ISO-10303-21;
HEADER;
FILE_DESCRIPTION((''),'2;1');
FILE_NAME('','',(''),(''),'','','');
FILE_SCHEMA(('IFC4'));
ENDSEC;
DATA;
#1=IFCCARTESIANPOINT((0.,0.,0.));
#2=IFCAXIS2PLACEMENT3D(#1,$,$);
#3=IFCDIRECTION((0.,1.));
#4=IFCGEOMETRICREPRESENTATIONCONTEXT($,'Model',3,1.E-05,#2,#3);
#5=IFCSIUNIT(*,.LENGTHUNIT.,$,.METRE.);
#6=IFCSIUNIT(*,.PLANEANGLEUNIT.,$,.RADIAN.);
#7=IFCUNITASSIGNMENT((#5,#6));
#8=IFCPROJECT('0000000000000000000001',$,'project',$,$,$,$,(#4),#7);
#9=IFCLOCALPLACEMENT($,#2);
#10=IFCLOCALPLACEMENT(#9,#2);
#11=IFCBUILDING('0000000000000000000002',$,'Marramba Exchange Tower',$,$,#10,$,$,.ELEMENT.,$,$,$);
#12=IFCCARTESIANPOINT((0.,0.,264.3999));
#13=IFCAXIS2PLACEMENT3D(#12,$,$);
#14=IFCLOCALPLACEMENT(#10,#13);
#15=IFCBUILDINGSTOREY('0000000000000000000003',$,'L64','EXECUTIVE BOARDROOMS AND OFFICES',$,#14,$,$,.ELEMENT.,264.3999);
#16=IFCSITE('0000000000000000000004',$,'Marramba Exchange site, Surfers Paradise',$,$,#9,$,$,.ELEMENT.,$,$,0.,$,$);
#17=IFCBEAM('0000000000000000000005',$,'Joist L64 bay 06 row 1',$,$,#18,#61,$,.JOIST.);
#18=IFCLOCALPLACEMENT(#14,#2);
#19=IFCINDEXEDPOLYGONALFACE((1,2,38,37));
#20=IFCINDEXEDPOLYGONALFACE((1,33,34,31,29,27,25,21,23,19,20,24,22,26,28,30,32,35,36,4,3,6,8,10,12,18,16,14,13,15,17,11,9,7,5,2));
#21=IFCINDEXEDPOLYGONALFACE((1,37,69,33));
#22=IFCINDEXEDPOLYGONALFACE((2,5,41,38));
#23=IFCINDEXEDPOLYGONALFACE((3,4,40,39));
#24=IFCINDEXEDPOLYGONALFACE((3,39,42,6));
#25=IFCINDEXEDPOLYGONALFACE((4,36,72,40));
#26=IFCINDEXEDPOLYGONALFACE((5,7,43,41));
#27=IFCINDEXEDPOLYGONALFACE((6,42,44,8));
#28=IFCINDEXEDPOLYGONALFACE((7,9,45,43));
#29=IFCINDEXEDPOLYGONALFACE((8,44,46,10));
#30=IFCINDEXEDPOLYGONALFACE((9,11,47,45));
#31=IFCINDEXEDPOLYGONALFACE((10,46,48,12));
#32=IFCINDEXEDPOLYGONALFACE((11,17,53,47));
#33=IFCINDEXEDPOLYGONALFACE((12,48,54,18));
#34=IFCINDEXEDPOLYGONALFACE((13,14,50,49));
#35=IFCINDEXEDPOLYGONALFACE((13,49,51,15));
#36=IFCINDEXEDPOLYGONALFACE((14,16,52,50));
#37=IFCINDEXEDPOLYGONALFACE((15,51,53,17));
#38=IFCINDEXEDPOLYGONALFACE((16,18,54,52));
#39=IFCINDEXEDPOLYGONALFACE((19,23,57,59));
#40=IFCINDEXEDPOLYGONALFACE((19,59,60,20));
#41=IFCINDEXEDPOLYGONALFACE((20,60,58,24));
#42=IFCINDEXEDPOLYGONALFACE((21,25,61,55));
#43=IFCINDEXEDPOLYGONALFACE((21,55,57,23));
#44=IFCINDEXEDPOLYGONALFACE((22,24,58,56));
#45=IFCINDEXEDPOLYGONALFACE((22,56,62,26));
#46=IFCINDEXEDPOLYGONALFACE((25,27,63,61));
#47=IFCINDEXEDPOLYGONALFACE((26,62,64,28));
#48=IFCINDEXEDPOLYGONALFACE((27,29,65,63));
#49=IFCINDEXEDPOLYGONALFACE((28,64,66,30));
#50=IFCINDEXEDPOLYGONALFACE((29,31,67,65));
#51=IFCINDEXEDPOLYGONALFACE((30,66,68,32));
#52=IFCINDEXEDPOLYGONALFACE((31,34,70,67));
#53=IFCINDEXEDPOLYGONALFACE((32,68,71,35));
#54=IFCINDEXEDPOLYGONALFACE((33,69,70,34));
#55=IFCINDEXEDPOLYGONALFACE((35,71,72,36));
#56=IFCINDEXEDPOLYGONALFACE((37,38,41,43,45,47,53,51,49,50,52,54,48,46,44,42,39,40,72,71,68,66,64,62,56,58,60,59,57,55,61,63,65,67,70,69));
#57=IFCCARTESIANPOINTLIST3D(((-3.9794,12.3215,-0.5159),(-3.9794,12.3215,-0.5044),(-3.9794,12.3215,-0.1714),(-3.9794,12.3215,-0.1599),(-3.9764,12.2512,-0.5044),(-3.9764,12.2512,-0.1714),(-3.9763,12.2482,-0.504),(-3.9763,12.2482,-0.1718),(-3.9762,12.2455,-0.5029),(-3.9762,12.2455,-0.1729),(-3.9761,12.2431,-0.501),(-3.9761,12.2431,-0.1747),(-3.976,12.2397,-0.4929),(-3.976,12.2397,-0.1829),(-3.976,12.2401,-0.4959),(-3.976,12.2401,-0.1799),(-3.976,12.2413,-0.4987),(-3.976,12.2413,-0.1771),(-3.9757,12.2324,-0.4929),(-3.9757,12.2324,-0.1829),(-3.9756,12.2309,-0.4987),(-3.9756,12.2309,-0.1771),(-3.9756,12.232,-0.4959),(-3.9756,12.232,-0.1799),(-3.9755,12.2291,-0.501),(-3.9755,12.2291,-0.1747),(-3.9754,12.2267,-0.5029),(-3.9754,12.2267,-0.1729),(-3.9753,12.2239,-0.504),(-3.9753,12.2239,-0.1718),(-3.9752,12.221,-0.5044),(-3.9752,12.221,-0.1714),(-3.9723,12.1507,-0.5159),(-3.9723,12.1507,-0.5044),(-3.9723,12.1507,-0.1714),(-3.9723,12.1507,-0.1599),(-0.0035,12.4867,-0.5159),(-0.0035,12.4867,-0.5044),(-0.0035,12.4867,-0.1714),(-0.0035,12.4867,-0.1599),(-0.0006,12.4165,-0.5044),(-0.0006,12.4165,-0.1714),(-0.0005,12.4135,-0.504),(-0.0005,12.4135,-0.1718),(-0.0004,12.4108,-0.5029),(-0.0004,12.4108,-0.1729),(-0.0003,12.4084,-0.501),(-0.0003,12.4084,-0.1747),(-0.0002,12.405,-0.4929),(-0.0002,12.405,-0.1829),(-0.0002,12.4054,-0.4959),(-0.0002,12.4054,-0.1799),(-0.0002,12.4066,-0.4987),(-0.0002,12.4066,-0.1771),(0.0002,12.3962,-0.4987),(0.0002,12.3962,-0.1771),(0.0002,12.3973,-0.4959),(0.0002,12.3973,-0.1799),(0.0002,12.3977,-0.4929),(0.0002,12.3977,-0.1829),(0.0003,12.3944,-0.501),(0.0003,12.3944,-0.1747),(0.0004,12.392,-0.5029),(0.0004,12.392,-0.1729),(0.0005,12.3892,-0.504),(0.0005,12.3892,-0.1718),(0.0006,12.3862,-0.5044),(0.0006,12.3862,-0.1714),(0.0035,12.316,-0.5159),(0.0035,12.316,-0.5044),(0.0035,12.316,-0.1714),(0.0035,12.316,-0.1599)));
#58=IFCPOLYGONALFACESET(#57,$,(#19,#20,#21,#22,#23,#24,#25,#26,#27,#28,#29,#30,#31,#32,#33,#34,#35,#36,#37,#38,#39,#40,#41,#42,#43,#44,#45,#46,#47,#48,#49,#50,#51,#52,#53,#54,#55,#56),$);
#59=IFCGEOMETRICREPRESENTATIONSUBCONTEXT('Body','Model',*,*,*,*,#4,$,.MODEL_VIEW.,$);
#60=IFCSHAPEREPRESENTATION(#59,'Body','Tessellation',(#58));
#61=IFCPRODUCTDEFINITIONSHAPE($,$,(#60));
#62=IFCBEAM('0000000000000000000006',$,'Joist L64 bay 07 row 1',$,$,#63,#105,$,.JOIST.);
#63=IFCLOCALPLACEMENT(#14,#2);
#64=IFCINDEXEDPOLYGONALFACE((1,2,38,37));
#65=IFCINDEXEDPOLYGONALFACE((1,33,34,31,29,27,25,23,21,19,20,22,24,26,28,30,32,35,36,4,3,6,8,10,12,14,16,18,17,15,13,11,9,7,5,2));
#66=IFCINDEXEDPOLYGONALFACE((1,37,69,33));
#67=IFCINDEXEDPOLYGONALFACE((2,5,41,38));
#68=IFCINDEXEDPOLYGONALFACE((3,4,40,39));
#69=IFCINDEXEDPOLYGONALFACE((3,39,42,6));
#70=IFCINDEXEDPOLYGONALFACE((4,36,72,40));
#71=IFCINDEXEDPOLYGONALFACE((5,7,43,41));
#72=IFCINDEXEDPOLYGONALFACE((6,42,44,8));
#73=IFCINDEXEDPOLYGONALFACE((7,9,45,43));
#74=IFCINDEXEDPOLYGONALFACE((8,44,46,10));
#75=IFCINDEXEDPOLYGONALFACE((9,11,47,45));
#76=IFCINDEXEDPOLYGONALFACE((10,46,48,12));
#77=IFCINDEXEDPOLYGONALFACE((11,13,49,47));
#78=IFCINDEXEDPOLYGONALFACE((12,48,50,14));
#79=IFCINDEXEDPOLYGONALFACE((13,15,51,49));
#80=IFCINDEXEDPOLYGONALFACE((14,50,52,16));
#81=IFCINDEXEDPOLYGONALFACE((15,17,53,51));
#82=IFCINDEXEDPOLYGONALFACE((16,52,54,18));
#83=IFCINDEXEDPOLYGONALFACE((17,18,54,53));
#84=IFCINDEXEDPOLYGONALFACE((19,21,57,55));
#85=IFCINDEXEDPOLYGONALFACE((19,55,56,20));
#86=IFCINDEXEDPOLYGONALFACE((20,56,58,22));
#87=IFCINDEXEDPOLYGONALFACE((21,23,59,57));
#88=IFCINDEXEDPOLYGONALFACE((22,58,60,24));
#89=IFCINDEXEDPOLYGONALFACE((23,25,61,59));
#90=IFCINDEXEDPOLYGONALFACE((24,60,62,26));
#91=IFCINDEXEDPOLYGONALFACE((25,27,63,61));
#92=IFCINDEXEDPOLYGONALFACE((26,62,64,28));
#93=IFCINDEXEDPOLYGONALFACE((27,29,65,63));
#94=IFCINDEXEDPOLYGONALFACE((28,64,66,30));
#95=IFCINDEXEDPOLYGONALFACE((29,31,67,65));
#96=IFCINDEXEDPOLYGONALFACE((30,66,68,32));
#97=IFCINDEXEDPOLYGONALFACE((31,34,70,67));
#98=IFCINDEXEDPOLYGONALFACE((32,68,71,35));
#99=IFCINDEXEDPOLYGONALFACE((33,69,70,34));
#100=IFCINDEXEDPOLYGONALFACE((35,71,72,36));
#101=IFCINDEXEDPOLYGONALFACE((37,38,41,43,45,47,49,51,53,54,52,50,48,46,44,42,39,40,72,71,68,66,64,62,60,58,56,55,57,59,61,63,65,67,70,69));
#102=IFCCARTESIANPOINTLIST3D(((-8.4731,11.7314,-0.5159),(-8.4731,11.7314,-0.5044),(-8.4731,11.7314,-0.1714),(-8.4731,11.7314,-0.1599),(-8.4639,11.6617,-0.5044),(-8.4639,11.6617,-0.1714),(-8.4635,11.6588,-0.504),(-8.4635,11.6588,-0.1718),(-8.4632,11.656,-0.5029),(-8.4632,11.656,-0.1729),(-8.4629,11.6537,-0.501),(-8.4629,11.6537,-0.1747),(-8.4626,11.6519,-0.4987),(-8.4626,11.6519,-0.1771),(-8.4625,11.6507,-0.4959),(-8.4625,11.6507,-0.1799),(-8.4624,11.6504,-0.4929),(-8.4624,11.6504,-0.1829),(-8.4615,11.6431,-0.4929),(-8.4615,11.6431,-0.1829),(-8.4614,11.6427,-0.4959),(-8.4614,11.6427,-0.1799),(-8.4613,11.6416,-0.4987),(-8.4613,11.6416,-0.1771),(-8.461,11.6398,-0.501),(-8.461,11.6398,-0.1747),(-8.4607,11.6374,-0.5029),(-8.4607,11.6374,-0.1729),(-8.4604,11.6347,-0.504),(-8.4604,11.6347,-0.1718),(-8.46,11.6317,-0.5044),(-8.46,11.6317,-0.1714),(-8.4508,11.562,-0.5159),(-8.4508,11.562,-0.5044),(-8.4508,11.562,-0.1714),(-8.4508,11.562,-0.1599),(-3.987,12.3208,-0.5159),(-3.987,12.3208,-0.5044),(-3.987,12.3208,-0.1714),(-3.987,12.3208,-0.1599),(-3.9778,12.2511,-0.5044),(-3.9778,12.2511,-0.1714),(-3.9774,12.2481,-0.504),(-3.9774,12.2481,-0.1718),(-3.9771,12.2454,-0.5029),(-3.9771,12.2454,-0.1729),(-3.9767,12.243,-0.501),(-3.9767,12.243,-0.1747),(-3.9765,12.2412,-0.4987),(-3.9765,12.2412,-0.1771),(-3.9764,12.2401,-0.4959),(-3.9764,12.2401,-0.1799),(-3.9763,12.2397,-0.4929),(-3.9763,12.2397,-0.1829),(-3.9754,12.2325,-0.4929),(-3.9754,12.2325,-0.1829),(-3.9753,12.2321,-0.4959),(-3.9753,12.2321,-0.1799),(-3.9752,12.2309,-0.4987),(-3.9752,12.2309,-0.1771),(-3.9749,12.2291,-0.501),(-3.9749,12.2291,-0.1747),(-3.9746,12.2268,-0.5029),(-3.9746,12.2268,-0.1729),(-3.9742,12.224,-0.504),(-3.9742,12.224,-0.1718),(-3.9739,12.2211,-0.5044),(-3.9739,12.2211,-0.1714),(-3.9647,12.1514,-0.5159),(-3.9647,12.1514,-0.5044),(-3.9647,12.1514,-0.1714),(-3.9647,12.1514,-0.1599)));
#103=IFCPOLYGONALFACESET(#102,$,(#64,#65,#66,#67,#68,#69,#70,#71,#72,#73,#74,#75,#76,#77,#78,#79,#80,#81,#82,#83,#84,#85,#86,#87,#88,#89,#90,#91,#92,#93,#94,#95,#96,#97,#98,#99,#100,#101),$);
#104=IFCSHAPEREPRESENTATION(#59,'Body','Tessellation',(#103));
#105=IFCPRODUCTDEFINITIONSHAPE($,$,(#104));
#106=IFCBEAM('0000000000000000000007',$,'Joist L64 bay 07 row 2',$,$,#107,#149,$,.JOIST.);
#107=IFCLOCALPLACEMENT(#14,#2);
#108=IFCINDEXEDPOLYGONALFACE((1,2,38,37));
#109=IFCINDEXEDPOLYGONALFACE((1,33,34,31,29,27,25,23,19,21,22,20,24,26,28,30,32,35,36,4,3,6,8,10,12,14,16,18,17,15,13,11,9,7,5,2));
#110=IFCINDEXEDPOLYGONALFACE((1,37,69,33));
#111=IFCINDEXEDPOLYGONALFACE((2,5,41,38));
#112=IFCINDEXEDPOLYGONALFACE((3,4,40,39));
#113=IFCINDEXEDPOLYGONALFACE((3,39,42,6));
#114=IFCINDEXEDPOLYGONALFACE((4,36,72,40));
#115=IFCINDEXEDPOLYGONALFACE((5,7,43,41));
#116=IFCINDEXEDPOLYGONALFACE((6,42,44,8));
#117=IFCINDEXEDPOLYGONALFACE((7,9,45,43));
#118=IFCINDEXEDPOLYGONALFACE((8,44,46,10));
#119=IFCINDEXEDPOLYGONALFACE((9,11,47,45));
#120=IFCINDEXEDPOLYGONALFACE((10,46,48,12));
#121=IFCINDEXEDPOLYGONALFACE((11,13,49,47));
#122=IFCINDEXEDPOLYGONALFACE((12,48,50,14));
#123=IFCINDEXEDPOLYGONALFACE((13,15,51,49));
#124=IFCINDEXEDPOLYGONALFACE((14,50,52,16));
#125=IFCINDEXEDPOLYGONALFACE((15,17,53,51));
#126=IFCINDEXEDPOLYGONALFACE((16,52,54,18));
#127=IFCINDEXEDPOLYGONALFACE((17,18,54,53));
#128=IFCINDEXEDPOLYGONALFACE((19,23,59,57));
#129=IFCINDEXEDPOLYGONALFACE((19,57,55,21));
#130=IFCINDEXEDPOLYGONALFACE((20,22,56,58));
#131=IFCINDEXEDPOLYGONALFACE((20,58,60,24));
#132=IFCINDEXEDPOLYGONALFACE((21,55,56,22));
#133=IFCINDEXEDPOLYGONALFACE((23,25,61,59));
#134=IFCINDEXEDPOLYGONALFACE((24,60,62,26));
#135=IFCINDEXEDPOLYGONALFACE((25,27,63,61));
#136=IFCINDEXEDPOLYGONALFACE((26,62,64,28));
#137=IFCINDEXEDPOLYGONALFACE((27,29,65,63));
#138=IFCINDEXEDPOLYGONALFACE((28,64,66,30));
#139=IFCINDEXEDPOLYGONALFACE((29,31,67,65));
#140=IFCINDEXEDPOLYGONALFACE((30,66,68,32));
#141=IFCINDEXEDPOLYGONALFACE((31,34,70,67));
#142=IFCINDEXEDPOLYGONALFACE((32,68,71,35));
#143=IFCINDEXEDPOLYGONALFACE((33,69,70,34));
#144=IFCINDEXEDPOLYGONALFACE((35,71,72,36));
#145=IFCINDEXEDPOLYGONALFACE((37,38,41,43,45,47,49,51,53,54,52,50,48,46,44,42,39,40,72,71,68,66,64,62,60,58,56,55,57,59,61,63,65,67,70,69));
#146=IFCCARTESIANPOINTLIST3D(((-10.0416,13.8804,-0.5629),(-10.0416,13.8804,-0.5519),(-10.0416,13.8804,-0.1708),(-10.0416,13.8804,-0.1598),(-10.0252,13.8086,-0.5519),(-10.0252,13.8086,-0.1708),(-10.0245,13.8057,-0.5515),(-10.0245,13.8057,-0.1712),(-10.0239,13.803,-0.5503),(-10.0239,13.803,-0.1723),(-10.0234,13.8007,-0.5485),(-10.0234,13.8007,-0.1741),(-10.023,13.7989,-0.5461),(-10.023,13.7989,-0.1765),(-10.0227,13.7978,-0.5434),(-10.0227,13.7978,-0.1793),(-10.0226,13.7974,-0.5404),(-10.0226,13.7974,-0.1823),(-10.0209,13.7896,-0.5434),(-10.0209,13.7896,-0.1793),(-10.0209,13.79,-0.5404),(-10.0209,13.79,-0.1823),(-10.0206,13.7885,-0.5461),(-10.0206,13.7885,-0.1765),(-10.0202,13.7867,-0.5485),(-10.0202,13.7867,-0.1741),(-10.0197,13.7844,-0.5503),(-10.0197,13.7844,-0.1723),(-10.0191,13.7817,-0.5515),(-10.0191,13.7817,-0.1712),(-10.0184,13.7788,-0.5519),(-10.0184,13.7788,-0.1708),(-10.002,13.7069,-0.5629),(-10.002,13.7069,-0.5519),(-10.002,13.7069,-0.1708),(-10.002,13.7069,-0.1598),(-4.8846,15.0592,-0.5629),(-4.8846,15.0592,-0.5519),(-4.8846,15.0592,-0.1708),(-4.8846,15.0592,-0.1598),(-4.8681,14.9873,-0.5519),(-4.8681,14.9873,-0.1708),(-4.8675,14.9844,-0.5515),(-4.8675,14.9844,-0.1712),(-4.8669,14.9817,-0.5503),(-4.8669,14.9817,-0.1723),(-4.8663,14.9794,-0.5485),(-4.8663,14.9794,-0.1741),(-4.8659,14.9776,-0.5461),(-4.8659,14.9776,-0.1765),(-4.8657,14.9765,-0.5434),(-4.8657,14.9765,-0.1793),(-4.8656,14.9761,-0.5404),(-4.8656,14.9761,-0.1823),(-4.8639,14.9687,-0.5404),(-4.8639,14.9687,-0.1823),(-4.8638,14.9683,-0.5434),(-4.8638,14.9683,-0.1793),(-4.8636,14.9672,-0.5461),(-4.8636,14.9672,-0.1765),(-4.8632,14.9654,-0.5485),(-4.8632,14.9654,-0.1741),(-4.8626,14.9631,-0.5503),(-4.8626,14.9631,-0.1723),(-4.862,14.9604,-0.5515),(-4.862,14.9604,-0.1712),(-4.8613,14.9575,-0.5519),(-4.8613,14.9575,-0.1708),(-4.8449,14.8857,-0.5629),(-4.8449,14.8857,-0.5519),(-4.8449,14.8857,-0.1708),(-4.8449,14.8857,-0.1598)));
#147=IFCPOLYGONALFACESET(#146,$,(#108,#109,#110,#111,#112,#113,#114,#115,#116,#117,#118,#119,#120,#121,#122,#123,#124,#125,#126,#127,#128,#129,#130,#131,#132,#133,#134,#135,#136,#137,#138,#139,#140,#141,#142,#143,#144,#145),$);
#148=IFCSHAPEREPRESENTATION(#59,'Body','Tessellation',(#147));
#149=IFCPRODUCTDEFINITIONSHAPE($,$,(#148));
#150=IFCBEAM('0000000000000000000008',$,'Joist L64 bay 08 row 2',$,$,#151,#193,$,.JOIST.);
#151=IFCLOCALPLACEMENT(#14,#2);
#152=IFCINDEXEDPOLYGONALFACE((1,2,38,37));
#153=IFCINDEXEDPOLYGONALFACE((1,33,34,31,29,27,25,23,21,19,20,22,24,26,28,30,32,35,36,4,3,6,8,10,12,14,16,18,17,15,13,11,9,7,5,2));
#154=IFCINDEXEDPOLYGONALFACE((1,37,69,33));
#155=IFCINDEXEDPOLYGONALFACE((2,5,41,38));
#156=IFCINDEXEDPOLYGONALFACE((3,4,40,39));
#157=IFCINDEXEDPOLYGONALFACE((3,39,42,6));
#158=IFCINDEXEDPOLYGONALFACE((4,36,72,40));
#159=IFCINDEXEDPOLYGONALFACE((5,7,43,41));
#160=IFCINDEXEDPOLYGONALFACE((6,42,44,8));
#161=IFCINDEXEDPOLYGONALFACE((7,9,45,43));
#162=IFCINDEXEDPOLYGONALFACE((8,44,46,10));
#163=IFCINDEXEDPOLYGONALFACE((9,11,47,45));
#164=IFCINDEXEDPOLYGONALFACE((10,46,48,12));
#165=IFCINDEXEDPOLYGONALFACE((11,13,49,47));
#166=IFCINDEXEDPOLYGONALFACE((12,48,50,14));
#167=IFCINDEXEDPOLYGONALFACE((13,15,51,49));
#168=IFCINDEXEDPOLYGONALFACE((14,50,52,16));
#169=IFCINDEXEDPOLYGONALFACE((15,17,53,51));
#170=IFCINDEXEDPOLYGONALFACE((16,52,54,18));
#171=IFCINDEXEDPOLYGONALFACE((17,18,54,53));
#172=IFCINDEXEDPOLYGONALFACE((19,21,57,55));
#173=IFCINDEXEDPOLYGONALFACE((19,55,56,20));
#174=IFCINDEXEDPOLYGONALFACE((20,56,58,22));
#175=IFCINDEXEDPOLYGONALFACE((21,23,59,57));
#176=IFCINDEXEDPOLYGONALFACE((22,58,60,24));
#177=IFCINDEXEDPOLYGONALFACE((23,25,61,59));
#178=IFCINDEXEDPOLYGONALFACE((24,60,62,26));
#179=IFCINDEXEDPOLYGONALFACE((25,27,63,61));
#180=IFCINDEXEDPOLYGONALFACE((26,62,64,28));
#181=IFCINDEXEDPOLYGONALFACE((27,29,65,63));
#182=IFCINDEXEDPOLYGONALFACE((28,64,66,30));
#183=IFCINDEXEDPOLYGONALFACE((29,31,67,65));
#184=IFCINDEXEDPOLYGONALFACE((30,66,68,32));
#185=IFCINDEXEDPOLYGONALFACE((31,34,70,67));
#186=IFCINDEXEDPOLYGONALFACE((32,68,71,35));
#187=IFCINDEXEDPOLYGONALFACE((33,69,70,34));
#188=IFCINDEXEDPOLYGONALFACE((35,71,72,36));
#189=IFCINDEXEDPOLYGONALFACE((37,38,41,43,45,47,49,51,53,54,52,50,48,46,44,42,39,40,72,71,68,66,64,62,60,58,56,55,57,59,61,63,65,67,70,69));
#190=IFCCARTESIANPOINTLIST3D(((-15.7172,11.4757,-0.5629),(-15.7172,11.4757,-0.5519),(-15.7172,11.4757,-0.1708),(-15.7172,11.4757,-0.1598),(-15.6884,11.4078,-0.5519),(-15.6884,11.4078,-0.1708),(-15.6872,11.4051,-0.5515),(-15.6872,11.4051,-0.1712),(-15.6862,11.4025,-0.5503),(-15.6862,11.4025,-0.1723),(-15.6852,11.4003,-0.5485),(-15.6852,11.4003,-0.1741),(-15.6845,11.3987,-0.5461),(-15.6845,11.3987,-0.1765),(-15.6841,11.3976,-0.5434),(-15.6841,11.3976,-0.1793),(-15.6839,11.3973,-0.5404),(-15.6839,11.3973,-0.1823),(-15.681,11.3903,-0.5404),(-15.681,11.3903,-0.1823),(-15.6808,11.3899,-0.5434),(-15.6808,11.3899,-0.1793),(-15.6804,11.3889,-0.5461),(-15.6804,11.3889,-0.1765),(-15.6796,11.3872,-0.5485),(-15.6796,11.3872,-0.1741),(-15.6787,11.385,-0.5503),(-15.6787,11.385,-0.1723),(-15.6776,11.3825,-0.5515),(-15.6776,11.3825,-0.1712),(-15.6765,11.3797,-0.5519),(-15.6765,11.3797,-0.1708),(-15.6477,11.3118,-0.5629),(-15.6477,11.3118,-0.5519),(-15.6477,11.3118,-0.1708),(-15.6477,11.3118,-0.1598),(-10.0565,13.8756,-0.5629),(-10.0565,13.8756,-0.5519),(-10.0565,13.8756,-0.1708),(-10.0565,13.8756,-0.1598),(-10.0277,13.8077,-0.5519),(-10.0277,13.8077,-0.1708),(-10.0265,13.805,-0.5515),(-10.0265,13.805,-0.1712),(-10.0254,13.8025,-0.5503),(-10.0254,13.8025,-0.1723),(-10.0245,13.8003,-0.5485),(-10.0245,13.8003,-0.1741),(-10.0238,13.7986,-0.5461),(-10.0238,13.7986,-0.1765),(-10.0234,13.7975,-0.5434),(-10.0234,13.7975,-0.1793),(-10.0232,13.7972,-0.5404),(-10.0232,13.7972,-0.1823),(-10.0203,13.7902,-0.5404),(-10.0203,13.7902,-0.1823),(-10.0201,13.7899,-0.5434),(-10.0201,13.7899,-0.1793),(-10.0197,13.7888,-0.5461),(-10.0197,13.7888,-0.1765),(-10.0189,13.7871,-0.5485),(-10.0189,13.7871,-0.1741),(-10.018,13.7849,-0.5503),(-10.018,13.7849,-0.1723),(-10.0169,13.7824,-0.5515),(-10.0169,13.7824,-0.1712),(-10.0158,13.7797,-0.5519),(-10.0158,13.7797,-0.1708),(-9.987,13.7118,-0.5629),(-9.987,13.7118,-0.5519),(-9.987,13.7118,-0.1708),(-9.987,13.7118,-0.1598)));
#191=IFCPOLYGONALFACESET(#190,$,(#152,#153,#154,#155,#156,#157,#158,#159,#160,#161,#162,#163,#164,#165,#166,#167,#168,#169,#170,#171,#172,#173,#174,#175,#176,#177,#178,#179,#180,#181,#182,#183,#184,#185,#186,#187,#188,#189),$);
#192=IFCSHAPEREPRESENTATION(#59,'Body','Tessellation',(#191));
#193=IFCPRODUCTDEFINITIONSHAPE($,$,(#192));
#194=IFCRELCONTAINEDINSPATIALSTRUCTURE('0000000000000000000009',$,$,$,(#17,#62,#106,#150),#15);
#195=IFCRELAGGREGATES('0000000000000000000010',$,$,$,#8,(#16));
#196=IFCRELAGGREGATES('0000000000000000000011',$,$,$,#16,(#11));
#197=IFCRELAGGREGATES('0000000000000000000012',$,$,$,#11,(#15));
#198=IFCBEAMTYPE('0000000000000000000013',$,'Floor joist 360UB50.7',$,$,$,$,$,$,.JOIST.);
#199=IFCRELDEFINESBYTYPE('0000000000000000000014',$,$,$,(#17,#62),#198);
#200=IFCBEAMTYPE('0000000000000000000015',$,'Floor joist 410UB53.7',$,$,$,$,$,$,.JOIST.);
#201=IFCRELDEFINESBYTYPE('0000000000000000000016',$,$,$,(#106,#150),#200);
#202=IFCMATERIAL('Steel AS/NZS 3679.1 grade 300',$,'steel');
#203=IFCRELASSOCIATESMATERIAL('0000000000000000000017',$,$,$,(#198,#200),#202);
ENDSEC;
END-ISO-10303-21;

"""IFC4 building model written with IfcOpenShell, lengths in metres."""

from ifc_helpers import new_model, si_unit, direction, frame, origin, origin_2d, place, context, subcontext, project, spatial, i_section, extrude, material, material_profile, profile_set, type_object, element, save


model = new_model("IFC4")

# Units and contexts
model_context = context("Model", 3, precision=1e-05, world=origin(), true_north=direction((0.0, 1.0)))
body_context = subcontext(model_context, "Body", "Model", "MODEL_VIEW")
ifc_project = project(units=[si_unit("LENGTHUNIT", "METRE"), si_unit("PLANEANGLEUNIT", "RADIAN")], contexts=[model_context])

# Site, building, storey
site_placement = place(None, origin())
site = spatial("IfcSite", under=ifc_project, at=site_placement, Name="Marramba Exchange site, Surfers Paradise", CompositionType="ELEMENT", RefElevation=0.0)
building_placement = place(site_placement, origin())
building = spatial("IfcBuilding", under=site, at=building_placement, Name="Marramba Exchange Tower", CompositionType="ELEMENT")
storey_placement = place(building_placement, frame((0.0, 0.0, 264.3999)))
storey = spatial("IfcBuildingStorey", under=building, at=storey_placement, Name="L64", Description="EXECUTIVE BOARDROOMS AND OFFICES", CompositionType="ELEMENT", Elevation=264.3999)

# Beams
ifc_material_1 = material(Name="Steel AS/NZS 3679.1 grade 300", Category="steel")
ifc_material_profile_1 = material_profile(ifc_material_1, i_section(OverallWidth=0.1709, OverallDepth=0.356, WebThickness=0.0073, FlangeThickness=0.0115, FilletRadius=0.0115, at=origin_2d()), Name="360UB50.7")
ifc_profile_set_1 = profile_set([ifc_material_profile_1], Name="Steel AS/NZS 3679.1 grade 300")
beam_type_1 = type_object("IfcBeamType", Name="Floor joist 360UB50.7", PredefinedType="JOIST", material=ifc_profile_set_1)
beam_1_placement = place(storey_placement, frame((0.0, 12.4014, -0.3379), z_axis=(-0.999137, -0.041536, 0.0), x_axis=(0.041536, -0.999137, 0.0)))
element("IfcBeam", 1, at=beam_1_placement, inside=storey, type_object=beam_type_1, Name="Joist L64 bay 06 row 1", PredefinedType="JOIST", context=body_context, shape_type="SweptSolid", body=[
    extrude(i_section(OverallWidth=0.1709, OverallDepth=0.356, WebThickness=0.0073, FlangeThickness=0.0115, FilletRadius=0.0115, at=origin_2d()), origin(), (0.0, 0.0, 1.0), 3.9792),
])
beam_2_placement = place(storey_placement, frame((-3.9758, 12.2361, -0.3379), z_axis=(-0.991481, -0.130255, 0.0), x_axis=(0.130255, -0.991481, 0.0)))
element("IfcBeam", 2, at=beam_2_placement, inside=storey, type_object=beam_type_1, Name="Joist L64 bay 07 row 1", PredefinedType="JOIST", context=body_context, shape_type="SweptSolid", body=[
    extrude(i_section(OverallWidth=0.1709, OverallDepth=0.356, WebThickness=0.0073, FlangeThickness=0.0115, FilletRadius=0.0115, at=origin_2d()), origin(), (0.0, 0.0, 1.0), 4.5247),
])
ifc_material_profile_2 = material_profile(ifc_material_1, i_section(OverallWidth=0.178, OverallDepth=0.4031, WebThickness=0.0076, FlangeThickness=0.011, FilletRadius=0.0115, at=origin_2d()), Name="410UB53.7")
ifc_profile_set_2 = profile_set([ifc_material_profile_2], Name="Steel AS/NZS 3679.1 grade 300")
beam_type_2 = type_object("IfcBeamType", Name="Floor joist 410UB53.7", PredefinedType="JOIST", material=ifc_profile_set_2)
beam_3_placement = place(storey_placement, frame((-4.8647, 14.9724, -0.3613), z_axis=(-0.97486, -0.22282, 0.0), x_axis=(0.22282, -0.97486, 0.0)))
element("IfcBeam", 3, at=beam_3_placement, inside=storey, type_object=beam_type_2, Name="Joist L64 bay 07 row 2", PredefinedType="JOIST", context=body_context, shape_type="SweptSolid", body=[
    extrude(i_section(OverallWidth=0.178, OverallDepth=0.4031, WebThickness=0.0076, FlangeThickness=0.011, FilletRadius=0.0115, at=origin_2d()), origin(), (0.0, 0.0, 1.0), 5.29),
])
beam_4_placement = place(storey_placement, frame((-10.0217, 13.7937, -0.3613), z_axis=(-0.920674, -0.390332, 0.0), x_axis=(0.390332, -0.920674, 0.0)))
element("IfcBeam", 4, at=beam_4_placement, inside=storey, type_object=beam_type_2, Name="Joist L64 bay 08 row 2", PredefinedType="JOIST", context=body_context, shape_type="SweptSolid", body=[
    extrude(i_section(OverallWidth=0.178, OverallDepth=0.4031, WebThickness=0.0076, FlangeThickness=0.011, FilletRadius=0.0115, at=origin_2d()), origin(), (0.0, 0.0, 1.0), 6.1484),
])

save(model, "model.ifc")
